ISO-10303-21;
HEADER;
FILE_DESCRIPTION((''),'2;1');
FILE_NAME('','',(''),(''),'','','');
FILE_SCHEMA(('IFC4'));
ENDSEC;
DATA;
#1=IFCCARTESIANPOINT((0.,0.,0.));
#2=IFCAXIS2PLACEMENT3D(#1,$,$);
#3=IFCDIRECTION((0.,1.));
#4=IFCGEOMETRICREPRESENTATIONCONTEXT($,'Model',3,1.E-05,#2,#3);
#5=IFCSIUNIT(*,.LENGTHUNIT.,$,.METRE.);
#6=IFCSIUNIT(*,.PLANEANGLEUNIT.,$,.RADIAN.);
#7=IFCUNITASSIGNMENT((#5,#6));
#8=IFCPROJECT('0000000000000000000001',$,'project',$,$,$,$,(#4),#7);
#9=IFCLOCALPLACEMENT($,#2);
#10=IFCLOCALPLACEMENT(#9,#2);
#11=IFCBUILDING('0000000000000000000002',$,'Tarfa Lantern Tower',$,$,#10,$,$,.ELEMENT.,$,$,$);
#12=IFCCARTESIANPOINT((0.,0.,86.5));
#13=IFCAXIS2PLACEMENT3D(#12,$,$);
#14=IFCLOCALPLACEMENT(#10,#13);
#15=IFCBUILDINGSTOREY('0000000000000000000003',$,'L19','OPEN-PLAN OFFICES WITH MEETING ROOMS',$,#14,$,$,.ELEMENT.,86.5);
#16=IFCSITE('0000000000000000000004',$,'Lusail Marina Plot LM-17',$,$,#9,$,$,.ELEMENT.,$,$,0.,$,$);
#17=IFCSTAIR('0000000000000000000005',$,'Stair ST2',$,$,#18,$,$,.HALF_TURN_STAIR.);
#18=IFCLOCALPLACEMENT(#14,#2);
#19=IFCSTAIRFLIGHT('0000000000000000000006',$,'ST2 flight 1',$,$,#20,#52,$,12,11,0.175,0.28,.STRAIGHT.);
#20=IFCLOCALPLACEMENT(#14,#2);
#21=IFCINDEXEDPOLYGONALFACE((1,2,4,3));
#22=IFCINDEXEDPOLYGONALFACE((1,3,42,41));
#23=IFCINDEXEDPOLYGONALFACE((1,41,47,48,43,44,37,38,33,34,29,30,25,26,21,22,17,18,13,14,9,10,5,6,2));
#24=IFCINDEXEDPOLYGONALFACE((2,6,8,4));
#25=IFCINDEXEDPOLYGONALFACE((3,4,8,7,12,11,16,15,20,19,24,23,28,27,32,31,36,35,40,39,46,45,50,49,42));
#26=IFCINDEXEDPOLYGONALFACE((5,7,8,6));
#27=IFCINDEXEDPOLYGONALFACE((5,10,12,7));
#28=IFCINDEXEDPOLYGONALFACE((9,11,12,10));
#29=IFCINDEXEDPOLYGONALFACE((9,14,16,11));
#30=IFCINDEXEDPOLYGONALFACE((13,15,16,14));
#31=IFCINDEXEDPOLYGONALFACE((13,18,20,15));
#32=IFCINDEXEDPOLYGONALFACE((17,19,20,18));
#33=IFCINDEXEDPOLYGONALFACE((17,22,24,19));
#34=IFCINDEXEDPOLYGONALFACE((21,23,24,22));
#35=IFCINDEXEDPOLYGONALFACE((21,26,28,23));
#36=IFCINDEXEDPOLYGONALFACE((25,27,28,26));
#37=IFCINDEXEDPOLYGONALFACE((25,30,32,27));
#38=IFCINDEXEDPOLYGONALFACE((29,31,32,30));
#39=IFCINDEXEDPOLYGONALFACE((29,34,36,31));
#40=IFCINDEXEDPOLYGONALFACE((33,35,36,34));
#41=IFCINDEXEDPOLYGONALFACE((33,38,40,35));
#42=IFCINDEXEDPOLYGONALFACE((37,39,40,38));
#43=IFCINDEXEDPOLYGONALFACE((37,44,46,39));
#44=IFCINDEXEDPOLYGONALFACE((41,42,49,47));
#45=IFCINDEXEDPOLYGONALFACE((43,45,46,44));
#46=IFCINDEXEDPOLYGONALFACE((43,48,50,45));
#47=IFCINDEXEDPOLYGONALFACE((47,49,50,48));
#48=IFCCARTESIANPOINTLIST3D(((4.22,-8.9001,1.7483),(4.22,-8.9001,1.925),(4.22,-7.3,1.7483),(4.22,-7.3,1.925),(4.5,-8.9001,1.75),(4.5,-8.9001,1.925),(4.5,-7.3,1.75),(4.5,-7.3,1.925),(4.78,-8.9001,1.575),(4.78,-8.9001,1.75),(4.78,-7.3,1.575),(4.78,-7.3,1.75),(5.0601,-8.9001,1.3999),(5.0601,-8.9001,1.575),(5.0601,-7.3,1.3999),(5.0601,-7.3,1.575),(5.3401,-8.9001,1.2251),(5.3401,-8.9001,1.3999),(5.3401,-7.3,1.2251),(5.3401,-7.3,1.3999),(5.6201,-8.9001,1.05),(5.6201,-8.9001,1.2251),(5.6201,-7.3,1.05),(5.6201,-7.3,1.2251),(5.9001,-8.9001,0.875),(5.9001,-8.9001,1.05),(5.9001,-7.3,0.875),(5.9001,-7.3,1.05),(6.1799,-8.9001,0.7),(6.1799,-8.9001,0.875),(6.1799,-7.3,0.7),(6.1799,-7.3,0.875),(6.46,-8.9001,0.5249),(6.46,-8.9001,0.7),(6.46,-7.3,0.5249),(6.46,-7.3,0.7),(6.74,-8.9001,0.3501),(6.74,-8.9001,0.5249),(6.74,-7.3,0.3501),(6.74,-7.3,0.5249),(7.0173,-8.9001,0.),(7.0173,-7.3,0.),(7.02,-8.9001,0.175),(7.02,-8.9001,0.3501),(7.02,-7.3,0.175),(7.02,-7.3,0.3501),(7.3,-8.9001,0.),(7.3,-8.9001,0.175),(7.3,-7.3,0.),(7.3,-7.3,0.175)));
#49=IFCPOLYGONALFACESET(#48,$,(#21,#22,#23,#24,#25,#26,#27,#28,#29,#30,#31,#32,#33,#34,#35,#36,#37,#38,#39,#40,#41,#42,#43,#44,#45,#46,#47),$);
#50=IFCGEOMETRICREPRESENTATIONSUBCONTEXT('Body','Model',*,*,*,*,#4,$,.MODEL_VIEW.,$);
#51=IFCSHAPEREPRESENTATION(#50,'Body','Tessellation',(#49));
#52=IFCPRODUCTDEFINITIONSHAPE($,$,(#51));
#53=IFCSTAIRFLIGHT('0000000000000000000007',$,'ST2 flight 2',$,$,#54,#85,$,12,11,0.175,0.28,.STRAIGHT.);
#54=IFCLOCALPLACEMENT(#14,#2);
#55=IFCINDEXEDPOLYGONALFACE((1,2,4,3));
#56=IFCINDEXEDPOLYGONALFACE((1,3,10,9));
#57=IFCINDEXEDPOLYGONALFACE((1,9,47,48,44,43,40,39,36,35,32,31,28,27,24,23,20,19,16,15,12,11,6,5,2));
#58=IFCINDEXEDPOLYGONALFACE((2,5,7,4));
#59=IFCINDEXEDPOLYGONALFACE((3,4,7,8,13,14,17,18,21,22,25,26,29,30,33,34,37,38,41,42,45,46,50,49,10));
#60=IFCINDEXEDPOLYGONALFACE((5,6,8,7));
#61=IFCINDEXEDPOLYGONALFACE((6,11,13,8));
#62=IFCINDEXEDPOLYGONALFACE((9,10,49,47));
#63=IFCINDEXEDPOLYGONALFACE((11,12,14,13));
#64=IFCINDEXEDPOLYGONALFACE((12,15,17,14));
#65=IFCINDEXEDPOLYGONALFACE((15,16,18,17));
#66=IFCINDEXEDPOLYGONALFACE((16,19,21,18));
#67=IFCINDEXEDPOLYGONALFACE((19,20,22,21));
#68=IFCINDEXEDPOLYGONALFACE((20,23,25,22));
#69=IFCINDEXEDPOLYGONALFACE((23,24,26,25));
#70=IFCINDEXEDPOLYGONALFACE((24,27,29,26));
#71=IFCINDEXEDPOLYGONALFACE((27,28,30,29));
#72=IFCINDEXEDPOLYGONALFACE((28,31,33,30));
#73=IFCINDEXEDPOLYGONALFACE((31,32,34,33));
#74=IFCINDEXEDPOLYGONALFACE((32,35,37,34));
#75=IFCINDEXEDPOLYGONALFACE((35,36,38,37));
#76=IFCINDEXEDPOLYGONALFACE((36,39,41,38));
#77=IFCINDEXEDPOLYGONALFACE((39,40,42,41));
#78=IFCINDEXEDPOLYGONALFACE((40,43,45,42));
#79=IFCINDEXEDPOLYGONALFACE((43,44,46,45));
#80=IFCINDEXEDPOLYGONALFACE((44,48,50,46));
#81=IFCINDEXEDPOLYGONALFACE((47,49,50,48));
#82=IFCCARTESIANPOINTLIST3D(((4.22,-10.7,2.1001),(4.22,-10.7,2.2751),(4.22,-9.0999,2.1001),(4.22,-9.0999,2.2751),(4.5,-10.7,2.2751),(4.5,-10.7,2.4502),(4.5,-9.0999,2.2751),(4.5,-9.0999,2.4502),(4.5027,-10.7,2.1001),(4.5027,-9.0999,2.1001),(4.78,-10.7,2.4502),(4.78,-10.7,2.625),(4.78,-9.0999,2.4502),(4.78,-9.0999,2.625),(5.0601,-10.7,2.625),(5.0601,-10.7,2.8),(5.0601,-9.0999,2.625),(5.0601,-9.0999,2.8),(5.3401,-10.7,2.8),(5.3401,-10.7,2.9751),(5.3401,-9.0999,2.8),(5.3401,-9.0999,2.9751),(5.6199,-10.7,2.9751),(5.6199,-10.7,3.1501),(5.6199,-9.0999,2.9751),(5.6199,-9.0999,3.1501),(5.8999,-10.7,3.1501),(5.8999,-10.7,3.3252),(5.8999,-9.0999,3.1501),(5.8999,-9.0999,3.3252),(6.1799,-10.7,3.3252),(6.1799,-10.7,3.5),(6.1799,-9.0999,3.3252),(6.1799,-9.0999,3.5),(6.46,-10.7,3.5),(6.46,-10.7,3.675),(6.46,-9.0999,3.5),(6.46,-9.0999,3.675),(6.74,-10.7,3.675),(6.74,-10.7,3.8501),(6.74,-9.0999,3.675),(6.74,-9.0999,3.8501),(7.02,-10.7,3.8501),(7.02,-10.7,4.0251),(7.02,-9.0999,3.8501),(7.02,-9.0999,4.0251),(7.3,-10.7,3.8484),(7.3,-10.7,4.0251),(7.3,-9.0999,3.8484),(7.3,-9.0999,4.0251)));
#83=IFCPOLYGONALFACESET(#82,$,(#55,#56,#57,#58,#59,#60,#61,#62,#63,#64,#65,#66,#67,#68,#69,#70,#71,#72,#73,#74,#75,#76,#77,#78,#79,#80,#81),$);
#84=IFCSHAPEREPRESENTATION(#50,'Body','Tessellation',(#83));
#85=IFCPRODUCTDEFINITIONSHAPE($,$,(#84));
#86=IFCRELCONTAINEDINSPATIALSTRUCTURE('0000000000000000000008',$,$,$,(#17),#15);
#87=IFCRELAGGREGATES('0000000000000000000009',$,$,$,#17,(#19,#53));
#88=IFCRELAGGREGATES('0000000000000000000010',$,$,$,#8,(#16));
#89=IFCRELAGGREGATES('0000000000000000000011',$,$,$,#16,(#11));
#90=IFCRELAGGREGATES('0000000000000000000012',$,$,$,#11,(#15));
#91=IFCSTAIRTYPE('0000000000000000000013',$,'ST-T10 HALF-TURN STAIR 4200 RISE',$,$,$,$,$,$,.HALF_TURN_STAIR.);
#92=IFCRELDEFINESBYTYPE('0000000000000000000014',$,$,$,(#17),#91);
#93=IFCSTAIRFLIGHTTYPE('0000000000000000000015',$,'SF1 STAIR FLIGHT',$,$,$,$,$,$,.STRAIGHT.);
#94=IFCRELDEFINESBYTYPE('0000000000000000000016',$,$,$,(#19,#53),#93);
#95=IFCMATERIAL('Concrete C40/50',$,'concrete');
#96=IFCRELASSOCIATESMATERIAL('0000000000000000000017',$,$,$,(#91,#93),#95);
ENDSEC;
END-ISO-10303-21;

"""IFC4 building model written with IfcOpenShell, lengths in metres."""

from ifc_helpers import new_model, si_unit, direction, frame, origin, place, context, subcontext, project, spatial, polyline, outline, extrude, material, type_object, element, aggregate, save


model = new_model("IFC4")

# Units and contexts
model_context = context("Model", 3, precision=1e-05, world=origin(), true_north=direction((0.0, 1.0)))
body_context = subcontext(model_context, "Body", "Model", "MODEL_VIEW")
ifc_project = project(units=[si_unit("LENGTHUNIT", "METRE"), si_unit("PLANEANGLEUNIT", "RADIAN")], contexts=[model_context])

# Site, building, storey
site_placement = place(None, origin())
site = spatial("IfcSite", under=ifc_project, at=site_placement, Name="Lusail Marina Plot LM-17", CompositionType="ELEMENT", RefElevation=0.0)
building_placement = place(site_placement, origin())
building = spatial("IfcBuilding", under=site, at=building_placement, Name="Tarfa Lantern Tower", CompositionType="ELEMENT")
storey_placement = place(building_placement, frame((0.0, 0.0, 86.5)))
storey = spatial("IfcBuildingStorey", under=building, at=storey_placement, Name="L19", Description="OPEN-PLAN OFFICES WITH MEETING ROOMS", CompositionType="ELEMENT", Elevation=86.5)

# Stair, stair flights
ifc_material_1 = material(Name="Concrete C40/50", Category="concrete")
stair_type = type_object("IfcStairType", Name="ST-T10 HALF-TURN STAIR 4200 RISE", PredefinedType="HALF_TURN_STAIR", material=ifc_material_1)
stair_placement = place(storey_placement, origin())
stair = element("IfcStair", 1, at=stair_placement, inside=storey, type_object=stair_type, Name="Stair ST2", PredefinedType="HALF_TURN_STAIR")
stair_flight_type = type_object("IfcStairFlightType", Name="SF1 STAIR FLIGHT", PredefinedType="STRAIGHT", material=ifc_material_1)
stair_flight_1_placement = place(storey_placement, frame((7.3, -8.1001, 0.0), z_axis=(0.0, 0.0, 1.0), x_axis=(-1.0, 0.0, 0.0)))
stair_flight_1 = element("IfcStairFlight", 2, at=stair_flight_1_placement, type_object=stair_flight_type, Name="ST2 flight 1", NumberOfRisers=12, NumberOfTreads=11, PredefinedType="STRAIGHT", RiserHeight=0.175, TreadLength=0.28, context=body_context, shape_type="SweptSolid", body=[
    extrude(outline(polyline([(0.0, 0.0), (0.0, 0.175), (0.28, 0.175), (0.28, 0.3501), (0.5601, 0.3501), (0.5601, 0.5249), (0.8401, 0.5249), (0.8401, 0.7), (1.1201, 0.7), (1.1201, 0.875), (1.3999, 0.875), (1.3999, 1.05), (1.6799, 1.05), (1.6799, 1.2251), (1.96, 1.2251), (1.96, 1.3999), (2.24, 1.3999), (2.24, 1.575), (2.52, 1.575), (2.52, 1.75), (2.8, 1.75), (2.8, 1.925), (3.0801, 1.925), (3.0801, 2.1001), (3.0801, 1.7483), (0.2827, 0.0), (0.0, 0.0)])), frame((0.0, 0.8, 0.0), z_axis=(0.0, -1.0, 0.0), x_axis=(1.0, 0.0, 0.0)), (0.0, 0.0, 1.0), 1.6001),
])
stair_flight_2_placement = place(storey_placement, frame((4.22, -9.8999, 2.1001), z_axis=(0.0, 0.0, 1.0), x_axis=(1.0, 0.0, 0.0)))
stair_flight_2 = element("IfcStairFlight", 3, at=stair_flight_2_placement, type_object=stair_flight_type, Name="ST2 flight 2", NumberOfRisers=12, NumberOfTreads=11, PredefinedType="STRAIGHT", RiserHeight=0.175, TreadLength=0.28, context=body_context, shape_type="SweptSolid", body=[
    extrude(outline(polyline([(0.0, 0.0), (0.0, 0.175), (0.28, 0.175), (0.28, 0.3501), (0.5601, 0.3501), (0.5601, 0.5249), (0.8401, 0.5249), (0.8401, 0.7), (1.1201, 0.7), (1.1201, 0.875), (1.3999, 0.875), (1.3999, 1.05), (1.6799, 1.05), (1.6799, 1.2251), (1.96, 1.2251), (1.96, 1.3999), (2.24, 1.3999), (2.24, 1.575), (2.52, 1.575), (2.52, 1.75), (2.8, 1.75), (2.8, 1.925), (3.0801, 1.925), (3.0801, 2.1001), (3.0801, 1.7483), (0.2827, 0.0), (0.0, 0.0)])), frame((0.0, 0.8, 0.0), z_axis=(0.0, -1.0, 0.0), x_axis=(1.0, 0.0, 0.0)), (0.0, 0.0, 1.0), 1.6001),
])
aggregate(stair, [stair_flight_1, stair_flight_2])

save(model, "model.ifc")
